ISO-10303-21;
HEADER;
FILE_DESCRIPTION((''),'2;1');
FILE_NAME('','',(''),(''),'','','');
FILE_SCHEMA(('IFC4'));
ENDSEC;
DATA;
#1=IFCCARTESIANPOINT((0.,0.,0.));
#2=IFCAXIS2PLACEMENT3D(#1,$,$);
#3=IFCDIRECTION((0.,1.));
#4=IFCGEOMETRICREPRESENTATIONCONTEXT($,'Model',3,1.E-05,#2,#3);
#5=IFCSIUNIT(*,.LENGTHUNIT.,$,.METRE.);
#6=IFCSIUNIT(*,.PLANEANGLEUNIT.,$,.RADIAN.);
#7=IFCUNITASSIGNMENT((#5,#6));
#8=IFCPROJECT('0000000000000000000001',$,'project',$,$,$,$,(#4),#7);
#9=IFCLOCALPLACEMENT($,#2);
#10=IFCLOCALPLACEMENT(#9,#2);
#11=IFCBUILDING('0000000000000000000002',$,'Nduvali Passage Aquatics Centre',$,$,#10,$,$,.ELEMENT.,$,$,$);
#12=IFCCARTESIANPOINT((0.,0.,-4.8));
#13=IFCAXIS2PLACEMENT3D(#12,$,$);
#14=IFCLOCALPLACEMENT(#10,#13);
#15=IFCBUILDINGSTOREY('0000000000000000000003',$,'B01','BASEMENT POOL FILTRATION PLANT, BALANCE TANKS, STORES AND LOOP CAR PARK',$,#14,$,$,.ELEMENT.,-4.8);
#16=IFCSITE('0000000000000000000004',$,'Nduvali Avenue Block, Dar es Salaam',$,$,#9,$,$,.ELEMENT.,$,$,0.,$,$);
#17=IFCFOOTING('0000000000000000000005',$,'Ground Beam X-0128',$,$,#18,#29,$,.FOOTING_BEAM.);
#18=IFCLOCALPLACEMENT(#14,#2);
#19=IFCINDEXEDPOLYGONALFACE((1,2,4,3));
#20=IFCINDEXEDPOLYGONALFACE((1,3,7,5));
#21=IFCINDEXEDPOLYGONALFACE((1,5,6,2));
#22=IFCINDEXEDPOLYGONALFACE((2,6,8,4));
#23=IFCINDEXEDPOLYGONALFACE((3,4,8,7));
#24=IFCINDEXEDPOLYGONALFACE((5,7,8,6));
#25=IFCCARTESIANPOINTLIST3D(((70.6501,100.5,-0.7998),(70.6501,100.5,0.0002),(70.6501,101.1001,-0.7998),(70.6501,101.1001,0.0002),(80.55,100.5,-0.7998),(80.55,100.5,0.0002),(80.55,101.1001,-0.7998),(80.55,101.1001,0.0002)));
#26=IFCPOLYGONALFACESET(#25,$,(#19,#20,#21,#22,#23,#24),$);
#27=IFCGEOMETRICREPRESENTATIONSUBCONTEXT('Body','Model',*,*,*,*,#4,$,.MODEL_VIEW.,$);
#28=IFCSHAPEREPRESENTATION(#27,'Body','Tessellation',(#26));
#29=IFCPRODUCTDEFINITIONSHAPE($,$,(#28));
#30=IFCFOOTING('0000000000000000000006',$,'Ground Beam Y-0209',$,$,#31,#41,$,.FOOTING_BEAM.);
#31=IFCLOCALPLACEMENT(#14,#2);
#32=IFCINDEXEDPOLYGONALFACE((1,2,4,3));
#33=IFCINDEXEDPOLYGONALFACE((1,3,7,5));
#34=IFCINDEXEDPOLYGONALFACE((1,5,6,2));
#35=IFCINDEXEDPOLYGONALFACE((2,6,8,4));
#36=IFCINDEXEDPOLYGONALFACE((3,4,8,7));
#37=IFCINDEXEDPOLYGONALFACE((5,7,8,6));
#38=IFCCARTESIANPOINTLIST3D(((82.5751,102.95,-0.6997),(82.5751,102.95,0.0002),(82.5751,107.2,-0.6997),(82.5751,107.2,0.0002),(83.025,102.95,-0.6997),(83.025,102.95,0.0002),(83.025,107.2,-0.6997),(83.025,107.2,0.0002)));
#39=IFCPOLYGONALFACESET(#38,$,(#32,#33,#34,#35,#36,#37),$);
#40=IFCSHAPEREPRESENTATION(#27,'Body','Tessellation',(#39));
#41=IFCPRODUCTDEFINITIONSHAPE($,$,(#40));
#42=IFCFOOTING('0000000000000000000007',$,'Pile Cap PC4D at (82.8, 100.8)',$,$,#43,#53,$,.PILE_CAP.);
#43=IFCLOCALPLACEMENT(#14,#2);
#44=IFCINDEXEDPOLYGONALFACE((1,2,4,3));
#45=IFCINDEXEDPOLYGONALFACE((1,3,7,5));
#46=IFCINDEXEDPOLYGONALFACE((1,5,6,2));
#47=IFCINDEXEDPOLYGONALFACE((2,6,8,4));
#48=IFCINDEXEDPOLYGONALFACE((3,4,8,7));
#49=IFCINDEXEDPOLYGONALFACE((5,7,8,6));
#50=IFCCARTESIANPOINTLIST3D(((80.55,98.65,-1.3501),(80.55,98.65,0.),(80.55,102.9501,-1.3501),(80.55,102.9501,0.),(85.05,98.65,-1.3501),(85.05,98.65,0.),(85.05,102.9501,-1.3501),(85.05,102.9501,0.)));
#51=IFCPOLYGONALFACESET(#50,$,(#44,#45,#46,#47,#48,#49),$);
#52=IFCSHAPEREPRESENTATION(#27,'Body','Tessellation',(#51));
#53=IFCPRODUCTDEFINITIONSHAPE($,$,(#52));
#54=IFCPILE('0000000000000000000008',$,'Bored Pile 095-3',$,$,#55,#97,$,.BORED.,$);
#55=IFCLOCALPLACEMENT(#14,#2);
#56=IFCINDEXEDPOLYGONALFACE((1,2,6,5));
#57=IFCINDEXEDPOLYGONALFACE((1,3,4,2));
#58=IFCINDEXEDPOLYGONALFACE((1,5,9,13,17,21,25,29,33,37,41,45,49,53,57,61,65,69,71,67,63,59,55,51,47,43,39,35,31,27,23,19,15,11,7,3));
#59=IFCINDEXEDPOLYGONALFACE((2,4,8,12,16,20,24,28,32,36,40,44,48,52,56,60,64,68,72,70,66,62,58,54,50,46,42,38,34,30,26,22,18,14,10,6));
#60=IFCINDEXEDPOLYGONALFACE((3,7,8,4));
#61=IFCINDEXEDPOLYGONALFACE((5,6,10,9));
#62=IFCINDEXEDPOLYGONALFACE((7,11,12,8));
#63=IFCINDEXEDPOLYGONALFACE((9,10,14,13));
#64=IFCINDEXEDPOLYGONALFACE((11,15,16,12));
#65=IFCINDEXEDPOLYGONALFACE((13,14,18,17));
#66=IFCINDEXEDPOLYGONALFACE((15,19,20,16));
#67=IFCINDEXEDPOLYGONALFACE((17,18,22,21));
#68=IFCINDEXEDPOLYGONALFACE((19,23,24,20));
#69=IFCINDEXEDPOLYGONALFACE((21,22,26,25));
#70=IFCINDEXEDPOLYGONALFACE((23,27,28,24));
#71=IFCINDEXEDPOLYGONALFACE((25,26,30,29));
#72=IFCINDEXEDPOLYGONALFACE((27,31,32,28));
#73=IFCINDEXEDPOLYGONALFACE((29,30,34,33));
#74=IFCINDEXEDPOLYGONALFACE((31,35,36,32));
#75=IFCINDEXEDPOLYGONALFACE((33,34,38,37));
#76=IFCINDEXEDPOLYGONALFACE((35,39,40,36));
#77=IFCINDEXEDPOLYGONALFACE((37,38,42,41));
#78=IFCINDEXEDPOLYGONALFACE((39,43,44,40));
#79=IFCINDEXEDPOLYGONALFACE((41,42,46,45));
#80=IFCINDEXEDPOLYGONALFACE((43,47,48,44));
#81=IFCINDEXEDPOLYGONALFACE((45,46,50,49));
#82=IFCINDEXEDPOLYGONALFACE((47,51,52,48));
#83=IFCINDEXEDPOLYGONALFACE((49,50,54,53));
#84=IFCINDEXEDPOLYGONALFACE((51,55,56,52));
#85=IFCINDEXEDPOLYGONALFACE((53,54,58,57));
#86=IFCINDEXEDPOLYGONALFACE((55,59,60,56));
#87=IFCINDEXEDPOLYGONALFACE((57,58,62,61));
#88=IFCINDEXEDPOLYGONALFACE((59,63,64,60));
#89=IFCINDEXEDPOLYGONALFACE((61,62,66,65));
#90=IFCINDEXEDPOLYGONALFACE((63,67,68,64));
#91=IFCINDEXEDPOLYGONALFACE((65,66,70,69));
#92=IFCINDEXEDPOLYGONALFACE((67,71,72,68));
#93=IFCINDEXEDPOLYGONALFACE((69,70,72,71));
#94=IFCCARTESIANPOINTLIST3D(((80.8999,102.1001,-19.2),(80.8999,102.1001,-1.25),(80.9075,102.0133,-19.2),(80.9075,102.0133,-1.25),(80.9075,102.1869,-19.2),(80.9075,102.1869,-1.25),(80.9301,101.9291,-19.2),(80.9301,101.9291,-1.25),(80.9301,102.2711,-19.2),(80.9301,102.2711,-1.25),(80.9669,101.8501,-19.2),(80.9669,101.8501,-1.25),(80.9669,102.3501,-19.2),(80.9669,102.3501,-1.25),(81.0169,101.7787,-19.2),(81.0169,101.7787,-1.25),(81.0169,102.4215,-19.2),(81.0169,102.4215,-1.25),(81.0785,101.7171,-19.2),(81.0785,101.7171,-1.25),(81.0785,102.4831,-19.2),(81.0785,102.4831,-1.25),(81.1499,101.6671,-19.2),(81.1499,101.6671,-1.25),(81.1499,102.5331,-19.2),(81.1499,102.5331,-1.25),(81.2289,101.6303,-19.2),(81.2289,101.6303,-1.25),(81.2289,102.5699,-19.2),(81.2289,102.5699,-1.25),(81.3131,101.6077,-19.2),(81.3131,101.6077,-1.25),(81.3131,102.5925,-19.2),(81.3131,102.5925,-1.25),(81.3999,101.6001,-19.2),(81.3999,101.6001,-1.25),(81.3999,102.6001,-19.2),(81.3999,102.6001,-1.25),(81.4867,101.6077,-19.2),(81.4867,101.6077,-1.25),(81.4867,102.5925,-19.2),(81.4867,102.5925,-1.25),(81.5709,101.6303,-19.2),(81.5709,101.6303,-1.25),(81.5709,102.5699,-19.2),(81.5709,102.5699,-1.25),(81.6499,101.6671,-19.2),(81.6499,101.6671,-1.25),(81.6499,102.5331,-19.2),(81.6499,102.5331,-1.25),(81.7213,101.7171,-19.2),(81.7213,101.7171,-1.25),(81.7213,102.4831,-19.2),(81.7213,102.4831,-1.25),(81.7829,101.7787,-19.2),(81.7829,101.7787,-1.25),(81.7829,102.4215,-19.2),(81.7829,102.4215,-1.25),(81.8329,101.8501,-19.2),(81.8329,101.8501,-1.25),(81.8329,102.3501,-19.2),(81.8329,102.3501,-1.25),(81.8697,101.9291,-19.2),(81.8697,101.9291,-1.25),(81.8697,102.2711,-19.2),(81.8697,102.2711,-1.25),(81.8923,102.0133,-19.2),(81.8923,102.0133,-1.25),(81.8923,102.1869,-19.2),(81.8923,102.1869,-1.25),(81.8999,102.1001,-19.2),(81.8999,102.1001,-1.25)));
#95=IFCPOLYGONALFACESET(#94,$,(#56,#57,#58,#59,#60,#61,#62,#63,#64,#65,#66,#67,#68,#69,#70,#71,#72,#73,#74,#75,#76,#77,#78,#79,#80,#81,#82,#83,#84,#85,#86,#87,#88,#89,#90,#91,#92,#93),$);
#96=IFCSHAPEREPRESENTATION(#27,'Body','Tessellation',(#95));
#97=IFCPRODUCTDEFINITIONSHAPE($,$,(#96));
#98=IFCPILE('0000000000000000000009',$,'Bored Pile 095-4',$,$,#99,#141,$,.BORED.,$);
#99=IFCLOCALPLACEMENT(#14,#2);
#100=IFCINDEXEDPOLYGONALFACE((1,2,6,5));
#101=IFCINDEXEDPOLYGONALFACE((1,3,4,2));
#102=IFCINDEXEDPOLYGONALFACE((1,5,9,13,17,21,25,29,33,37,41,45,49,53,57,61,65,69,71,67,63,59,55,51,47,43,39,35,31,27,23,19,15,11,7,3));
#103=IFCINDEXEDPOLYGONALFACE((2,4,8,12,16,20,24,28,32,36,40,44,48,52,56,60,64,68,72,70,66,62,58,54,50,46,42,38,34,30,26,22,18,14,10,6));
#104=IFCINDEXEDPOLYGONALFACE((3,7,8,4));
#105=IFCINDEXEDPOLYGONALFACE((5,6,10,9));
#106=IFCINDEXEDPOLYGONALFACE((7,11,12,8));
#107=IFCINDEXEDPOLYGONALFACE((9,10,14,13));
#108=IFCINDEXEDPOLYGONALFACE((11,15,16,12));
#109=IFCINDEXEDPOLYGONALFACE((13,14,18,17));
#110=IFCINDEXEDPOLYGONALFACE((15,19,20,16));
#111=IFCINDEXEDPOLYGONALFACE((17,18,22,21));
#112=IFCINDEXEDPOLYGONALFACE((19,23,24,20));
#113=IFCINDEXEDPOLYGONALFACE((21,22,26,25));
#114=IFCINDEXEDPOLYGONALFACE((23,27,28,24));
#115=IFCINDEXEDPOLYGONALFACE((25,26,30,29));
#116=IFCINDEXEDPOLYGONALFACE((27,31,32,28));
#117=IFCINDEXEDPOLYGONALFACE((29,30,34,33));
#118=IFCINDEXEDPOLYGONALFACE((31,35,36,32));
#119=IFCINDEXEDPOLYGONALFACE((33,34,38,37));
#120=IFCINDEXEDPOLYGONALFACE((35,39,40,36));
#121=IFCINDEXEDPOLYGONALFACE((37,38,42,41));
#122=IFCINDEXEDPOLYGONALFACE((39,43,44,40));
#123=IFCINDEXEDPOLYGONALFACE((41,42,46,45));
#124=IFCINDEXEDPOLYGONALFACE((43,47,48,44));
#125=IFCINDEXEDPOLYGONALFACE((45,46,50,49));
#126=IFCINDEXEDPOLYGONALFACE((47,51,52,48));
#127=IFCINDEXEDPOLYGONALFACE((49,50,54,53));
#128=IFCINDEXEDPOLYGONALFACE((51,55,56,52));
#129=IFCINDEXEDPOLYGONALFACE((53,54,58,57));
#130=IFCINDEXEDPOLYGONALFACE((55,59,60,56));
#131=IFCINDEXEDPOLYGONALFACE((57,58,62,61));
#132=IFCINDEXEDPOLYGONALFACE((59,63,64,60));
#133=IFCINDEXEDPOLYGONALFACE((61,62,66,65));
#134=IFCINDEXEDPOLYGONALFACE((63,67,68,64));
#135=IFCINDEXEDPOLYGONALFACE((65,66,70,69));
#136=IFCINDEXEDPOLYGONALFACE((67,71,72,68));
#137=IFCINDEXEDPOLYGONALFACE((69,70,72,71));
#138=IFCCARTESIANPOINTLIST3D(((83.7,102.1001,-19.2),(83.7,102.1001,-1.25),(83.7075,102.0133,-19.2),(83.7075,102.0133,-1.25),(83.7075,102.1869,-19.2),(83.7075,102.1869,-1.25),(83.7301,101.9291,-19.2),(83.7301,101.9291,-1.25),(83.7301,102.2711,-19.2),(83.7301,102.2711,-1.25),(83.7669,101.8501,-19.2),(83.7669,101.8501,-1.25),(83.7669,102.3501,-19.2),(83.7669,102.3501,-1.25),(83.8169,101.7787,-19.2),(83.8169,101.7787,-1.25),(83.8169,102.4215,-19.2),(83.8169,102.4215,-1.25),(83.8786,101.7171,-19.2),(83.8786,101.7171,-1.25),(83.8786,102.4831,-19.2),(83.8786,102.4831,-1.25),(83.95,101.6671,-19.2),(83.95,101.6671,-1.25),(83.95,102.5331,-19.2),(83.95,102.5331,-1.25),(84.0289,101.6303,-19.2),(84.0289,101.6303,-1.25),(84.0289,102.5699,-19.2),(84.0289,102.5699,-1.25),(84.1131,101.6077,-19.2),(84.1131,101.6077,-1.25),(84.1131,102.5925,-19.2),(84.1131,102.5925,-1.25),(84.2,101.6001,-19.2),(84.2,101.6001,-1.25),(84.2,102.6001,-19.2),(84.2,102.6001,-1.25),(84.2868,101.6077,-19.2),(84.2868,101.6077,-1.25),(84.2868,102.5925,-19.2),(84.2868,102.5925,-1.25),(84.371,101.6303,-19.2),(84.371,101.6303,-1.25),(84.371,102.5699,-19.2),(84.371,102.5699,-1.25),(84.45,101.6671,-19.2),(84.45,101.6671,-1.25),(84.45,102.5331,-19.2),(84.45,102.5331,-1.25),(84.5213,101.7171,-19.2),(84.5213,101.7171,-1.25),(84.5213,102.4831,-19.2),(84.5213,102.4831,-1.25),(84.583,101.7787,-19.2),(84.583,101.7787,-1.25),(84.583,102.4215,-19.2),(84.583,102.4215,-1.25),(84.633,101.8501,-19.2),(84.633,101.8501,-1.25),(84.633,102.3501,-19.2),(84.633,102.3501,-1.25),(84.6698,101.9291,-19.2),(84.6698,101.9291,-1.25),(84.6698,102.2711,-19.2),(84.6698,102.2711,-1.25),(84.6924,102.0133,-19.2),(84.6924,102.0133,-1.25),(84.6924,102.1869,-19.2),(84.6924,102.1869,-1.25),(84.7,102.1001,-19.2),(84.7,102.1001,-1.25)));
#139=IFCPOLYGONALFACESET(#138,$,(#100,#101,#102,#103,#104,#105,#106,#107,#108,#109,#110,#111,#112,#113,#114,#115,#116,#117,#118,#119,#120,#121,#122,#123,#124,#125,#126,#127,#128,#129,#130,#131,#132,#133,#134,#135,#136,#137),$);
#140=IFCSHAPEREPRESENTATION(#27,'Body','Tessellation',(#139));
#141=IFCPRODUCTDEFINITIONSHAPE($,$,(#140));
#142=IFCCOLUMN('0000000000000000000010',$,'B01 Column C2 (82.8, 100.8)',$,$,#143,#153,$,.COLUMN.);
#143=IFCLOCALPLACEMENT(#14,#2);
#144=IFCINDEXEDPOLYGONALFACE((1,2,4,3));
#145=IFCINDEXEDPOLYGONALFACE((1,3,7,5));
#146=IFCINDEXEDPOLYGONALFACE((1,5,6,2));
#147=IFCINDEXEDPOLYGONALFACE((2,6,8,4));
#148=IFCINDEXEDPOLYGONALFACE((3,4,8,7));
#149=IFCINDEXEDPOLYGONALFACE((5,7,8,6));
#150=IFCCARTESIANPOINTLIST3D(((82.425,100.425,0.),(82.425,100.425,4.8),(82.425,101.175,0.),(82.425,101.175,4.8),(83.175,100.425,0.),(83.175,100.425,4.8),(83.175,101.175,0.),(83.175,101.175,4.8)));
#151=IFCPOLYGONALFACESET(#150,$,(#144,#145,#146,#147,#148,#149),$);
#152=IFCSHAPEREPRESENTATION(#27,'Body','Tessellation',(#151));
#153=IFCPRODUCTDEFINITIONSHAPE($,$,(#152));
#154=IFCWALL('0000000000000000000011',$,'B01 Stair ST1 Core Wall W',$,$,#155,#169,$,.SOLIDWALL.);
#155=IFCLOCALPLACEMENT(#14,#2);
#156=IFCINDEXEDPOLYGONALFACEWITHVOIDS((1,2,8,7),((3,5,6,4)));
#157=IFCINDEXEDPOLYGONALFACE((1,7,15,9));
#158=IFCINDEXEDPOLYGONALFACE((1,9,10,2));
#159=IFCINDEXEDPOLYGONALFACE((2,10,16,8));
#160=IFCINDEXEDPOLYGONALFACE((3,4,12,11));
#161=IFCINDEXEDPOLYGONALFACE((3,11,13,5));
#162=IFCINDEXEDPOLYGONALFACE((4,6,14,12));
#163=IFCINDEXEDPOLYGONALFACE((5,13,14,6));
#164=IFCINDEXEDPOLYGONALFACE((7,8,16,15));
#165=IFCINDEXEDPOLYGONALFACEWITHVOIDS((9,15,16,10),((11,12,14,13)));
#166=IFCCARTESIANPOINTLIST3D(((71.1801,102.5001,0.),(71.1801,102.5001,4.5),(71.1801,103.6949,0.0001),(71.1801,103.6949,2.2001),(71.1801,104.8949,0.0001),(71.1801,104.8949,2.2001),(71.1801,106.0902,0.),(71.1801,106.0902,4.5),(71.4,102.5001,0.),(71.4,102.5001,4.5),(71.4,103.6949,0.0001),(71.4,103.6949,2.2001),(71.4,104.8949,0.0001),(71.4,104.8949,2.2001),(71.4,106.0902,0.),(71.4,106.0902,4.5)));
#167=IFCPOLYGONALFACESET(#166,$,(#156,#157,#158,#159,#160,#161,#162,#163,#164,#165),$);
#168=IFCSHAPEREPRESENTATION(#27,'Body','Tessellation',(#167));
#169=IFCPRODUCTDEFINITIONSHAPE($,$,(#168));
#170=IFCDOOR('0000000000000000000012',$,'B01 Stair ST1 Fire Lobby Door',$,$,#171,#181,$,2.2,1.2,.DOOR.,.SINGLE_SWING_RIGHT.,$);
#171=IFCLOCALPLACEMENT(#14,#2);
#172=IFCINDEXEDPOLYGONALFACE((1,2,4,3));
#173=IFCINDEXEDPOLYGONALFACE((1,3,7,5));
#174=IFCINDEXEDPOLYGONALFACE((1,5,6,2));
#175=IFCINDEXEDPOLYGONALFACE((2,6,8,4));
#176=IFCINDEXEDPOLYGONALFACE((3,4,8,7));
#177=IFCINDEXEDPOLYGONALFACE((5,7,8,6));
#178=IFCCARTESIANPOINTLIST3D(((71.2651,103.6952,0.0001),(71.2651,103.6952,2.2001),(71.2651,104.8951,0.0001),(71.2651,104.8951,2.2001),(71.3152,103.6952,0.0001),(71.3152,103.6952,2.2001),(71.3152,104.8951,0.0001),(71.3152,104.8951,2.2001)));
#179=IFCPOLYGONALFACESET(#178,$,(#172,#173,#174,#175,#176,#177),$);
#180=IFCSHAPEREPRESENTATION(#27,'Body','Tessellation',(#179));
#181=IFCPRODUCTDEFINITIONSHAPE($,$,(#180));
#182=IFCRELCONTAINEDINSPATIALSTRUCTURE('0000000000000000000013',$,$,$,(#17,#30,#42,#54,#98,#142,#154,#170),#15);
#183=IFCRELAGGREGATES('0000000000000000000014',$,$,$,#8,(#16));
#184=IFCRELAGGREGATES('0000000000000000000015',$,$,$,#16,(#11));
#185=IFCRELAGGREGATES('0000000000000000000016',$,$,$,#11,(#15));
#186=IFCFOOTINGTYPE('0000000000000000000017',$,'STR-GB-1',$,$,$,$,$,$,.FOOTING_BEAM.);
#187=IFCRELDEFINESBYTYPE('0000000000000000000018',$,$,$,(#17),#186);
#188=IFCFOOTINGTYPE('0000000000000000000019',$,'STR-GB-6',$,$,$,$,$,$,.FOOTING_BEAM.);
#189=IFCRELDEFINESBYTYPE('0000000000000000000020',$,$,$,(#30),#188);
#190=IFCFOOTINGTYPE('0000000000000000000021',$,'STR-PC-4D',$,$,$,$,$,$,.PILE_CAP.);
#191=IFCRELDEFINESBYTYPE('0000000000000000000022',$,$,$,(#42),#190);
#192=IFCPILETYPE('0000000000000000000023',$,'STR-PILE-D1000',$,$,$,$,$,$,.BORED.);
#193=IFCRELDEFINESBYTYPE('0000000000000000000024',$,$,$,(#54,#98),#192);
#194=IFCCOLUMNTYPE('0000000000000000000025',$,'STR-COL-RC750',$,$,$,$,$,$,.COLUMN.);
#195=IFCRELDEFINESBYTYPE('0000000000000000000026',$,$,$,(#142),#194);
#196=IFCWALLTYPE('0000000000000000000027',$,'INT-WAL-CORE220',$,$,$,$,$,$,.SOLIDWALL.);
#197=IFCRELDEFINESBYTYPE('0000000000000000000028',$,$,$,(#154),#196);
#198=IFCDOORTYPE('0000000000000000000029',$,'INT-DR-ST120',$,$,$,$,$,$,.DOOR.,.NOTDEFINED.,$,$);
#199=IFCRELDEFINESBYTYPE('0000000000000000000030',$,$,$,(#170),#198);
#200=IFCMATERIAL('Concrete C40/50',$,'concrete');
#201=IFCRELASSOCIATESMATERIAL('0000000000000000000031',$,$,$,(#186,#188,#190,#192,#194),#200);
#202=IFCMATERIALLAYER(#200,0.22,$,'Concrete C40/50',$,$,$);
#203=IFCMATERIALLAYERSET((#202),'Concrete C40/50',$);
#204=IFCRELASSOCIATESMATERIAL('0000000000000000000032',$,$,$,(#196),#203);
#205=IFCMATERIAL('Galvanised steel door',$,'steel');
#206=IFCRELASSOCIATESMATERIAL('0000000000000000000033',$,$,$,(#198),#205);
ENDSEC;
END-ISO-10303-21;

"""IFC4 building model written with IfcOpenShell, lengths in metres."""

from ifc_helpers import new_model, si_unit, direction, frame, frame_2d, origin, origin_2d, place, context, subcontext, project, spatial, rectangle, circle, extrude, material, layer, layer_set, material_profile, profile_set, type_object, element, fill, save


model = new_model("IFC4")

# Units and contexts
model_context = context("Model", 3, precision=1e-05, world=origin(), true_north=direction((0.0, 1.0)))
body_context = subcontext(model_context, "Body", "Model", "MODEL_VIEW")
ifc_project = project(units=[si_unit("LENGTHUNIT", "METRE"), si_unit("PLANEANGLEUNIT", "RADIAN")], contexts=[model_context])

# Site, building, storey
site_placement = place(None, origin())
site = spatial("IfcSite", under=ifc_project, at=site_placement, Name="Nduvali Avenue Block, Dar es Salaam", CompositionType="ELEMENT", RefElevation=0.0)
building_placement = place(site_placement, origin())
building = spatial("IfcBuilding", under=site, at=building_placement, Name="Nduvali Passage Aquatics Centre", CompositionType="ELEMENT")
storey_placement = place(building_placement, frame((0.0, 0.0, -4.8)))
storey = spatial("IfcBuildingStorey", under=building, at=storey_placement, Name="B01", Description="BASEMENT POOL FILTRATION PLANT, BALANCE TANKS, STORES AND LOOP CAR PARK", CompositionType="ELEMENT", Elevation=-4.8)

# Footings
ifc_material_1 = material(Name="Concrete C40/50", Category="concrete")
footing_type_1 = type_object("IfcFootingType", Name="STR-GB-1", PredefinedType="FOOTING_BEAM", material=ifc_material_1)
footing_1_placement = place(storey_placement, frame((75.6001, 100.8, -0.7998), z_axis=(0.0, 0.0, 1.0), x_axis=(1.0, 0.0, 0.0)))
element("IfcFooting", 1, at=footing_1_placement, inside=storey, type_object=footing_type_1, Name="Ground Beam X-0128", PredefinedType="FOOTING_BEAM", context=body_context, shape_type="SweptSolid", body=[
    extrude(rectangle(XDim=9.8999, YDim=0.6001, at=origin_2d()), origin(), (0.0, 0.0, 1.0), 0.8),
])
footing_type_2 = type_object("IfcFootingType", Name="STR-GB-6", PredefinedType="FOOTING_BEAM", material=ifc_material_1)
footing_2_placement = place(storey_placement, frame((82.8, 105.075, -0.6997), z_axis=(0.0, 0.0, 1.0), x_axis=(0.0, 1.0, 0.0)))
element("IfcFooting", 2, at=footing_2_placement, inside=storey, type_object=footing_type_2, Name="Ground Beam Y-0209", PredefinedType="FOOTING_BEAM", context=body_context, shape_type="SweptSolid", body=[
    extrude(rectangle(XDim=4.25, YDim=0.45, at=origin_2d()), origin(), (0.0, 0.0, 1.0), 0.7),
])
footing_type_3 = type_object("IfcFootingType", Name="STR-PC-4D", PredefinedType="PILE_CAP", material=ifc_material_1)
footing_3_placement = place(storey_placement, frame((82.8, 100.8, -1.3501), z_axis=(0.0, 0.0, 1.0), x_axis=(1.0, 0.0, 0.0)))
element("IfcFooting", 3, at=footing_3_placement, inside=storey, type_object=footing_type_3, Name="Pile Cap PC4D at (82.8, 100.8)", PredefinedType="PILE_CAP", context=body_context, shape_type="SweptSolid", body=[
    extrude(rectangle(XDim=4.5, YDim=4.3, at=origin_2d()), origin(), (0.0, 0.0, 1.0), 1.3501),
])

# Piles
ifc_material_profile_1 = material_profile(ifc_material_1, circle(Radius=0.5, at=origin_2d()), Name="PILE D1000")
ifc_profile_set_1 = profile_set([ifc_material_profile_1], Name="Concrete C40/50")
pile_type = type_object("IfcPileType", Name="STR-PILE-D1000", PredefinedType="BORED", material=ifc_profile_set_1)
for number, where, z_axis, x_axis, name in (
    (4, (81.3999, 102.1001, -1.25), (0.0, 0.0, -1.0), (1.0, 0.0, 0.0), "Bored Pile 095-3"),
    (5, (84.2, 102.1001, -1.25), (0.0, 0.0, -1.0), (1.0, 0.0, 0.0), "Bored Pile 095-4"),
):
    element("IfcPile", number, at=place(storey_placement, frame(where, z_axis=z_axis, x_axis=x_axis)), inside=storey, type_object=pile_type, Name=name, PredefinedType="BORED", context=body_context, shape_type="SweptSolid", body=[
        extrude(circle(Radius=0.5, at=origin_2d()), origin(), (0.0, 0.0, 1.0), 17.95),
    ])

# Column
ifc_material_profile_2 = material_profile(ifc_material_1, rectangle(XDim=0.75, YDim=0.75, at=origin_2d()), Name="RC 750x750")
ifc_profile_set_2 = profile_set([ifc_material_profile_2], Name="Concrete C40/50")
column_type = type_object("IfcColumnType", Name="STR-COL-RC750", PredefinedType="COLUMN", material=ifc_profile_set_2)
column_placement = place(storey_placement, frame((82.8, 100.8, 0.0), z_axis=(0.0, 0.0, 1.0), x_axis=(1.0, 0.0, 0.0)))
element("IfcColumn", 6, at=column_placement, inside=storey, type_object=column_type, Name="B01 Column C2 (82.8, 100.8)", PredefinedType="COLUMN", context=body_context, shape_type="SweptSolid", body=[
    extrude(rectangle(XDim=0.75, YDim=0.75, at=origin_2d()), origin(), (0.0, 0.0, 1.0), 4.8),
])

# Wall, opening, door
ifc_layer_1 = layer(ifc_material_1, 0.22, Name="Concrete C40/50")
ifc_layer_set_1 = layer_set([ifc_layer_1], Name="Concrete C40/50")
wall_type_1 = type_object("IfcWallType", Name="INT-WAL-CORE220", PredefinedType="SOLIDWALL", material=ifc_layer_set_1)
wall_1_placement = place(storey_placement, frame((71.29, 106.0901, 0.0), z_axis=(0.0, 0.0, 1.0), x_axis=(0.0, -1.0, 0.0)))
wall_1 = element("IfcWall", 7, at=wall_1_placement, inside=storey, type_object=wall_type_1, Name="B01 Stair ST1 Core Wall W", PredefinedType="SOLIDWALL", context=body_context, shape_type="SweptSolid", body=[
    extrude(rectangle(XDim=3.5901, YDim=0.22, at=frame_2d((1.7949, 0.0))), origin(), (0.0, 0.0, 1.0), 4.5),
])
opening_1_placement = place(wall_1_placement, frame((1.1951, 0.0, 0.0)))
opening_1 = element("IfcOpeningElement", 8, at=opening_1_placement, cuts=wall_1, PredefinedType="OPENING", context=body_context, shape_type="SweptSolid", body=[
    extrude(rectangle(XDim=1.2, YDim=2.2, at=frame_2d((0.6001, 1.1001))), frame((0.0, 0.125, 0.0), z_axis=(0.0, -1.0, 0.0), x_axis=(1.0, 0.0, 0.0)), (0.0, 0.0, 1.0), 0.2498),
])
ifc_material_2 = material(Name="Galvanised steel door", Category="steel")
door_type_1 = type_object("IfcDoorType", Name="INT-DR-ST120", OperationType="NOTDEFINED", PredefinedType="DOOR", material=ifc_material_2)
door_1_placement = place(opening_1_placement, frame((1.2, 0.0, 0.0), z_axis=(0.0, 0.0, 1.0), x_axis=(-1.0, 0.0, 0.0)))
door_1 = element("IfcDoor", 9, at=door_1_placement, inside=storey, type_object=door_type_1, Name="B01 Stair ST1 Fire Lobby Door", OperationType="SINGLE_SWING_RIGHT", OverallHeight=2.2, OverallWidth=1.2, PredefinedType="DOOR", context=body_context, shape_type="SweptSolid", body=[
    extrude(rectangle(XDim=1.2, YDim=2.2, at=frame_2d((0.6001, 1.1001))), frame((0.0, 0.0249, 0.0), z_axis=(0.0, -1.0, 0.0), x_axis=(1.0, 0.0, 0.0)), (0.0, 0.0, 1.0), 0.05),
])
fill(opening_1, door_1)

save(model, "model.ifc")
